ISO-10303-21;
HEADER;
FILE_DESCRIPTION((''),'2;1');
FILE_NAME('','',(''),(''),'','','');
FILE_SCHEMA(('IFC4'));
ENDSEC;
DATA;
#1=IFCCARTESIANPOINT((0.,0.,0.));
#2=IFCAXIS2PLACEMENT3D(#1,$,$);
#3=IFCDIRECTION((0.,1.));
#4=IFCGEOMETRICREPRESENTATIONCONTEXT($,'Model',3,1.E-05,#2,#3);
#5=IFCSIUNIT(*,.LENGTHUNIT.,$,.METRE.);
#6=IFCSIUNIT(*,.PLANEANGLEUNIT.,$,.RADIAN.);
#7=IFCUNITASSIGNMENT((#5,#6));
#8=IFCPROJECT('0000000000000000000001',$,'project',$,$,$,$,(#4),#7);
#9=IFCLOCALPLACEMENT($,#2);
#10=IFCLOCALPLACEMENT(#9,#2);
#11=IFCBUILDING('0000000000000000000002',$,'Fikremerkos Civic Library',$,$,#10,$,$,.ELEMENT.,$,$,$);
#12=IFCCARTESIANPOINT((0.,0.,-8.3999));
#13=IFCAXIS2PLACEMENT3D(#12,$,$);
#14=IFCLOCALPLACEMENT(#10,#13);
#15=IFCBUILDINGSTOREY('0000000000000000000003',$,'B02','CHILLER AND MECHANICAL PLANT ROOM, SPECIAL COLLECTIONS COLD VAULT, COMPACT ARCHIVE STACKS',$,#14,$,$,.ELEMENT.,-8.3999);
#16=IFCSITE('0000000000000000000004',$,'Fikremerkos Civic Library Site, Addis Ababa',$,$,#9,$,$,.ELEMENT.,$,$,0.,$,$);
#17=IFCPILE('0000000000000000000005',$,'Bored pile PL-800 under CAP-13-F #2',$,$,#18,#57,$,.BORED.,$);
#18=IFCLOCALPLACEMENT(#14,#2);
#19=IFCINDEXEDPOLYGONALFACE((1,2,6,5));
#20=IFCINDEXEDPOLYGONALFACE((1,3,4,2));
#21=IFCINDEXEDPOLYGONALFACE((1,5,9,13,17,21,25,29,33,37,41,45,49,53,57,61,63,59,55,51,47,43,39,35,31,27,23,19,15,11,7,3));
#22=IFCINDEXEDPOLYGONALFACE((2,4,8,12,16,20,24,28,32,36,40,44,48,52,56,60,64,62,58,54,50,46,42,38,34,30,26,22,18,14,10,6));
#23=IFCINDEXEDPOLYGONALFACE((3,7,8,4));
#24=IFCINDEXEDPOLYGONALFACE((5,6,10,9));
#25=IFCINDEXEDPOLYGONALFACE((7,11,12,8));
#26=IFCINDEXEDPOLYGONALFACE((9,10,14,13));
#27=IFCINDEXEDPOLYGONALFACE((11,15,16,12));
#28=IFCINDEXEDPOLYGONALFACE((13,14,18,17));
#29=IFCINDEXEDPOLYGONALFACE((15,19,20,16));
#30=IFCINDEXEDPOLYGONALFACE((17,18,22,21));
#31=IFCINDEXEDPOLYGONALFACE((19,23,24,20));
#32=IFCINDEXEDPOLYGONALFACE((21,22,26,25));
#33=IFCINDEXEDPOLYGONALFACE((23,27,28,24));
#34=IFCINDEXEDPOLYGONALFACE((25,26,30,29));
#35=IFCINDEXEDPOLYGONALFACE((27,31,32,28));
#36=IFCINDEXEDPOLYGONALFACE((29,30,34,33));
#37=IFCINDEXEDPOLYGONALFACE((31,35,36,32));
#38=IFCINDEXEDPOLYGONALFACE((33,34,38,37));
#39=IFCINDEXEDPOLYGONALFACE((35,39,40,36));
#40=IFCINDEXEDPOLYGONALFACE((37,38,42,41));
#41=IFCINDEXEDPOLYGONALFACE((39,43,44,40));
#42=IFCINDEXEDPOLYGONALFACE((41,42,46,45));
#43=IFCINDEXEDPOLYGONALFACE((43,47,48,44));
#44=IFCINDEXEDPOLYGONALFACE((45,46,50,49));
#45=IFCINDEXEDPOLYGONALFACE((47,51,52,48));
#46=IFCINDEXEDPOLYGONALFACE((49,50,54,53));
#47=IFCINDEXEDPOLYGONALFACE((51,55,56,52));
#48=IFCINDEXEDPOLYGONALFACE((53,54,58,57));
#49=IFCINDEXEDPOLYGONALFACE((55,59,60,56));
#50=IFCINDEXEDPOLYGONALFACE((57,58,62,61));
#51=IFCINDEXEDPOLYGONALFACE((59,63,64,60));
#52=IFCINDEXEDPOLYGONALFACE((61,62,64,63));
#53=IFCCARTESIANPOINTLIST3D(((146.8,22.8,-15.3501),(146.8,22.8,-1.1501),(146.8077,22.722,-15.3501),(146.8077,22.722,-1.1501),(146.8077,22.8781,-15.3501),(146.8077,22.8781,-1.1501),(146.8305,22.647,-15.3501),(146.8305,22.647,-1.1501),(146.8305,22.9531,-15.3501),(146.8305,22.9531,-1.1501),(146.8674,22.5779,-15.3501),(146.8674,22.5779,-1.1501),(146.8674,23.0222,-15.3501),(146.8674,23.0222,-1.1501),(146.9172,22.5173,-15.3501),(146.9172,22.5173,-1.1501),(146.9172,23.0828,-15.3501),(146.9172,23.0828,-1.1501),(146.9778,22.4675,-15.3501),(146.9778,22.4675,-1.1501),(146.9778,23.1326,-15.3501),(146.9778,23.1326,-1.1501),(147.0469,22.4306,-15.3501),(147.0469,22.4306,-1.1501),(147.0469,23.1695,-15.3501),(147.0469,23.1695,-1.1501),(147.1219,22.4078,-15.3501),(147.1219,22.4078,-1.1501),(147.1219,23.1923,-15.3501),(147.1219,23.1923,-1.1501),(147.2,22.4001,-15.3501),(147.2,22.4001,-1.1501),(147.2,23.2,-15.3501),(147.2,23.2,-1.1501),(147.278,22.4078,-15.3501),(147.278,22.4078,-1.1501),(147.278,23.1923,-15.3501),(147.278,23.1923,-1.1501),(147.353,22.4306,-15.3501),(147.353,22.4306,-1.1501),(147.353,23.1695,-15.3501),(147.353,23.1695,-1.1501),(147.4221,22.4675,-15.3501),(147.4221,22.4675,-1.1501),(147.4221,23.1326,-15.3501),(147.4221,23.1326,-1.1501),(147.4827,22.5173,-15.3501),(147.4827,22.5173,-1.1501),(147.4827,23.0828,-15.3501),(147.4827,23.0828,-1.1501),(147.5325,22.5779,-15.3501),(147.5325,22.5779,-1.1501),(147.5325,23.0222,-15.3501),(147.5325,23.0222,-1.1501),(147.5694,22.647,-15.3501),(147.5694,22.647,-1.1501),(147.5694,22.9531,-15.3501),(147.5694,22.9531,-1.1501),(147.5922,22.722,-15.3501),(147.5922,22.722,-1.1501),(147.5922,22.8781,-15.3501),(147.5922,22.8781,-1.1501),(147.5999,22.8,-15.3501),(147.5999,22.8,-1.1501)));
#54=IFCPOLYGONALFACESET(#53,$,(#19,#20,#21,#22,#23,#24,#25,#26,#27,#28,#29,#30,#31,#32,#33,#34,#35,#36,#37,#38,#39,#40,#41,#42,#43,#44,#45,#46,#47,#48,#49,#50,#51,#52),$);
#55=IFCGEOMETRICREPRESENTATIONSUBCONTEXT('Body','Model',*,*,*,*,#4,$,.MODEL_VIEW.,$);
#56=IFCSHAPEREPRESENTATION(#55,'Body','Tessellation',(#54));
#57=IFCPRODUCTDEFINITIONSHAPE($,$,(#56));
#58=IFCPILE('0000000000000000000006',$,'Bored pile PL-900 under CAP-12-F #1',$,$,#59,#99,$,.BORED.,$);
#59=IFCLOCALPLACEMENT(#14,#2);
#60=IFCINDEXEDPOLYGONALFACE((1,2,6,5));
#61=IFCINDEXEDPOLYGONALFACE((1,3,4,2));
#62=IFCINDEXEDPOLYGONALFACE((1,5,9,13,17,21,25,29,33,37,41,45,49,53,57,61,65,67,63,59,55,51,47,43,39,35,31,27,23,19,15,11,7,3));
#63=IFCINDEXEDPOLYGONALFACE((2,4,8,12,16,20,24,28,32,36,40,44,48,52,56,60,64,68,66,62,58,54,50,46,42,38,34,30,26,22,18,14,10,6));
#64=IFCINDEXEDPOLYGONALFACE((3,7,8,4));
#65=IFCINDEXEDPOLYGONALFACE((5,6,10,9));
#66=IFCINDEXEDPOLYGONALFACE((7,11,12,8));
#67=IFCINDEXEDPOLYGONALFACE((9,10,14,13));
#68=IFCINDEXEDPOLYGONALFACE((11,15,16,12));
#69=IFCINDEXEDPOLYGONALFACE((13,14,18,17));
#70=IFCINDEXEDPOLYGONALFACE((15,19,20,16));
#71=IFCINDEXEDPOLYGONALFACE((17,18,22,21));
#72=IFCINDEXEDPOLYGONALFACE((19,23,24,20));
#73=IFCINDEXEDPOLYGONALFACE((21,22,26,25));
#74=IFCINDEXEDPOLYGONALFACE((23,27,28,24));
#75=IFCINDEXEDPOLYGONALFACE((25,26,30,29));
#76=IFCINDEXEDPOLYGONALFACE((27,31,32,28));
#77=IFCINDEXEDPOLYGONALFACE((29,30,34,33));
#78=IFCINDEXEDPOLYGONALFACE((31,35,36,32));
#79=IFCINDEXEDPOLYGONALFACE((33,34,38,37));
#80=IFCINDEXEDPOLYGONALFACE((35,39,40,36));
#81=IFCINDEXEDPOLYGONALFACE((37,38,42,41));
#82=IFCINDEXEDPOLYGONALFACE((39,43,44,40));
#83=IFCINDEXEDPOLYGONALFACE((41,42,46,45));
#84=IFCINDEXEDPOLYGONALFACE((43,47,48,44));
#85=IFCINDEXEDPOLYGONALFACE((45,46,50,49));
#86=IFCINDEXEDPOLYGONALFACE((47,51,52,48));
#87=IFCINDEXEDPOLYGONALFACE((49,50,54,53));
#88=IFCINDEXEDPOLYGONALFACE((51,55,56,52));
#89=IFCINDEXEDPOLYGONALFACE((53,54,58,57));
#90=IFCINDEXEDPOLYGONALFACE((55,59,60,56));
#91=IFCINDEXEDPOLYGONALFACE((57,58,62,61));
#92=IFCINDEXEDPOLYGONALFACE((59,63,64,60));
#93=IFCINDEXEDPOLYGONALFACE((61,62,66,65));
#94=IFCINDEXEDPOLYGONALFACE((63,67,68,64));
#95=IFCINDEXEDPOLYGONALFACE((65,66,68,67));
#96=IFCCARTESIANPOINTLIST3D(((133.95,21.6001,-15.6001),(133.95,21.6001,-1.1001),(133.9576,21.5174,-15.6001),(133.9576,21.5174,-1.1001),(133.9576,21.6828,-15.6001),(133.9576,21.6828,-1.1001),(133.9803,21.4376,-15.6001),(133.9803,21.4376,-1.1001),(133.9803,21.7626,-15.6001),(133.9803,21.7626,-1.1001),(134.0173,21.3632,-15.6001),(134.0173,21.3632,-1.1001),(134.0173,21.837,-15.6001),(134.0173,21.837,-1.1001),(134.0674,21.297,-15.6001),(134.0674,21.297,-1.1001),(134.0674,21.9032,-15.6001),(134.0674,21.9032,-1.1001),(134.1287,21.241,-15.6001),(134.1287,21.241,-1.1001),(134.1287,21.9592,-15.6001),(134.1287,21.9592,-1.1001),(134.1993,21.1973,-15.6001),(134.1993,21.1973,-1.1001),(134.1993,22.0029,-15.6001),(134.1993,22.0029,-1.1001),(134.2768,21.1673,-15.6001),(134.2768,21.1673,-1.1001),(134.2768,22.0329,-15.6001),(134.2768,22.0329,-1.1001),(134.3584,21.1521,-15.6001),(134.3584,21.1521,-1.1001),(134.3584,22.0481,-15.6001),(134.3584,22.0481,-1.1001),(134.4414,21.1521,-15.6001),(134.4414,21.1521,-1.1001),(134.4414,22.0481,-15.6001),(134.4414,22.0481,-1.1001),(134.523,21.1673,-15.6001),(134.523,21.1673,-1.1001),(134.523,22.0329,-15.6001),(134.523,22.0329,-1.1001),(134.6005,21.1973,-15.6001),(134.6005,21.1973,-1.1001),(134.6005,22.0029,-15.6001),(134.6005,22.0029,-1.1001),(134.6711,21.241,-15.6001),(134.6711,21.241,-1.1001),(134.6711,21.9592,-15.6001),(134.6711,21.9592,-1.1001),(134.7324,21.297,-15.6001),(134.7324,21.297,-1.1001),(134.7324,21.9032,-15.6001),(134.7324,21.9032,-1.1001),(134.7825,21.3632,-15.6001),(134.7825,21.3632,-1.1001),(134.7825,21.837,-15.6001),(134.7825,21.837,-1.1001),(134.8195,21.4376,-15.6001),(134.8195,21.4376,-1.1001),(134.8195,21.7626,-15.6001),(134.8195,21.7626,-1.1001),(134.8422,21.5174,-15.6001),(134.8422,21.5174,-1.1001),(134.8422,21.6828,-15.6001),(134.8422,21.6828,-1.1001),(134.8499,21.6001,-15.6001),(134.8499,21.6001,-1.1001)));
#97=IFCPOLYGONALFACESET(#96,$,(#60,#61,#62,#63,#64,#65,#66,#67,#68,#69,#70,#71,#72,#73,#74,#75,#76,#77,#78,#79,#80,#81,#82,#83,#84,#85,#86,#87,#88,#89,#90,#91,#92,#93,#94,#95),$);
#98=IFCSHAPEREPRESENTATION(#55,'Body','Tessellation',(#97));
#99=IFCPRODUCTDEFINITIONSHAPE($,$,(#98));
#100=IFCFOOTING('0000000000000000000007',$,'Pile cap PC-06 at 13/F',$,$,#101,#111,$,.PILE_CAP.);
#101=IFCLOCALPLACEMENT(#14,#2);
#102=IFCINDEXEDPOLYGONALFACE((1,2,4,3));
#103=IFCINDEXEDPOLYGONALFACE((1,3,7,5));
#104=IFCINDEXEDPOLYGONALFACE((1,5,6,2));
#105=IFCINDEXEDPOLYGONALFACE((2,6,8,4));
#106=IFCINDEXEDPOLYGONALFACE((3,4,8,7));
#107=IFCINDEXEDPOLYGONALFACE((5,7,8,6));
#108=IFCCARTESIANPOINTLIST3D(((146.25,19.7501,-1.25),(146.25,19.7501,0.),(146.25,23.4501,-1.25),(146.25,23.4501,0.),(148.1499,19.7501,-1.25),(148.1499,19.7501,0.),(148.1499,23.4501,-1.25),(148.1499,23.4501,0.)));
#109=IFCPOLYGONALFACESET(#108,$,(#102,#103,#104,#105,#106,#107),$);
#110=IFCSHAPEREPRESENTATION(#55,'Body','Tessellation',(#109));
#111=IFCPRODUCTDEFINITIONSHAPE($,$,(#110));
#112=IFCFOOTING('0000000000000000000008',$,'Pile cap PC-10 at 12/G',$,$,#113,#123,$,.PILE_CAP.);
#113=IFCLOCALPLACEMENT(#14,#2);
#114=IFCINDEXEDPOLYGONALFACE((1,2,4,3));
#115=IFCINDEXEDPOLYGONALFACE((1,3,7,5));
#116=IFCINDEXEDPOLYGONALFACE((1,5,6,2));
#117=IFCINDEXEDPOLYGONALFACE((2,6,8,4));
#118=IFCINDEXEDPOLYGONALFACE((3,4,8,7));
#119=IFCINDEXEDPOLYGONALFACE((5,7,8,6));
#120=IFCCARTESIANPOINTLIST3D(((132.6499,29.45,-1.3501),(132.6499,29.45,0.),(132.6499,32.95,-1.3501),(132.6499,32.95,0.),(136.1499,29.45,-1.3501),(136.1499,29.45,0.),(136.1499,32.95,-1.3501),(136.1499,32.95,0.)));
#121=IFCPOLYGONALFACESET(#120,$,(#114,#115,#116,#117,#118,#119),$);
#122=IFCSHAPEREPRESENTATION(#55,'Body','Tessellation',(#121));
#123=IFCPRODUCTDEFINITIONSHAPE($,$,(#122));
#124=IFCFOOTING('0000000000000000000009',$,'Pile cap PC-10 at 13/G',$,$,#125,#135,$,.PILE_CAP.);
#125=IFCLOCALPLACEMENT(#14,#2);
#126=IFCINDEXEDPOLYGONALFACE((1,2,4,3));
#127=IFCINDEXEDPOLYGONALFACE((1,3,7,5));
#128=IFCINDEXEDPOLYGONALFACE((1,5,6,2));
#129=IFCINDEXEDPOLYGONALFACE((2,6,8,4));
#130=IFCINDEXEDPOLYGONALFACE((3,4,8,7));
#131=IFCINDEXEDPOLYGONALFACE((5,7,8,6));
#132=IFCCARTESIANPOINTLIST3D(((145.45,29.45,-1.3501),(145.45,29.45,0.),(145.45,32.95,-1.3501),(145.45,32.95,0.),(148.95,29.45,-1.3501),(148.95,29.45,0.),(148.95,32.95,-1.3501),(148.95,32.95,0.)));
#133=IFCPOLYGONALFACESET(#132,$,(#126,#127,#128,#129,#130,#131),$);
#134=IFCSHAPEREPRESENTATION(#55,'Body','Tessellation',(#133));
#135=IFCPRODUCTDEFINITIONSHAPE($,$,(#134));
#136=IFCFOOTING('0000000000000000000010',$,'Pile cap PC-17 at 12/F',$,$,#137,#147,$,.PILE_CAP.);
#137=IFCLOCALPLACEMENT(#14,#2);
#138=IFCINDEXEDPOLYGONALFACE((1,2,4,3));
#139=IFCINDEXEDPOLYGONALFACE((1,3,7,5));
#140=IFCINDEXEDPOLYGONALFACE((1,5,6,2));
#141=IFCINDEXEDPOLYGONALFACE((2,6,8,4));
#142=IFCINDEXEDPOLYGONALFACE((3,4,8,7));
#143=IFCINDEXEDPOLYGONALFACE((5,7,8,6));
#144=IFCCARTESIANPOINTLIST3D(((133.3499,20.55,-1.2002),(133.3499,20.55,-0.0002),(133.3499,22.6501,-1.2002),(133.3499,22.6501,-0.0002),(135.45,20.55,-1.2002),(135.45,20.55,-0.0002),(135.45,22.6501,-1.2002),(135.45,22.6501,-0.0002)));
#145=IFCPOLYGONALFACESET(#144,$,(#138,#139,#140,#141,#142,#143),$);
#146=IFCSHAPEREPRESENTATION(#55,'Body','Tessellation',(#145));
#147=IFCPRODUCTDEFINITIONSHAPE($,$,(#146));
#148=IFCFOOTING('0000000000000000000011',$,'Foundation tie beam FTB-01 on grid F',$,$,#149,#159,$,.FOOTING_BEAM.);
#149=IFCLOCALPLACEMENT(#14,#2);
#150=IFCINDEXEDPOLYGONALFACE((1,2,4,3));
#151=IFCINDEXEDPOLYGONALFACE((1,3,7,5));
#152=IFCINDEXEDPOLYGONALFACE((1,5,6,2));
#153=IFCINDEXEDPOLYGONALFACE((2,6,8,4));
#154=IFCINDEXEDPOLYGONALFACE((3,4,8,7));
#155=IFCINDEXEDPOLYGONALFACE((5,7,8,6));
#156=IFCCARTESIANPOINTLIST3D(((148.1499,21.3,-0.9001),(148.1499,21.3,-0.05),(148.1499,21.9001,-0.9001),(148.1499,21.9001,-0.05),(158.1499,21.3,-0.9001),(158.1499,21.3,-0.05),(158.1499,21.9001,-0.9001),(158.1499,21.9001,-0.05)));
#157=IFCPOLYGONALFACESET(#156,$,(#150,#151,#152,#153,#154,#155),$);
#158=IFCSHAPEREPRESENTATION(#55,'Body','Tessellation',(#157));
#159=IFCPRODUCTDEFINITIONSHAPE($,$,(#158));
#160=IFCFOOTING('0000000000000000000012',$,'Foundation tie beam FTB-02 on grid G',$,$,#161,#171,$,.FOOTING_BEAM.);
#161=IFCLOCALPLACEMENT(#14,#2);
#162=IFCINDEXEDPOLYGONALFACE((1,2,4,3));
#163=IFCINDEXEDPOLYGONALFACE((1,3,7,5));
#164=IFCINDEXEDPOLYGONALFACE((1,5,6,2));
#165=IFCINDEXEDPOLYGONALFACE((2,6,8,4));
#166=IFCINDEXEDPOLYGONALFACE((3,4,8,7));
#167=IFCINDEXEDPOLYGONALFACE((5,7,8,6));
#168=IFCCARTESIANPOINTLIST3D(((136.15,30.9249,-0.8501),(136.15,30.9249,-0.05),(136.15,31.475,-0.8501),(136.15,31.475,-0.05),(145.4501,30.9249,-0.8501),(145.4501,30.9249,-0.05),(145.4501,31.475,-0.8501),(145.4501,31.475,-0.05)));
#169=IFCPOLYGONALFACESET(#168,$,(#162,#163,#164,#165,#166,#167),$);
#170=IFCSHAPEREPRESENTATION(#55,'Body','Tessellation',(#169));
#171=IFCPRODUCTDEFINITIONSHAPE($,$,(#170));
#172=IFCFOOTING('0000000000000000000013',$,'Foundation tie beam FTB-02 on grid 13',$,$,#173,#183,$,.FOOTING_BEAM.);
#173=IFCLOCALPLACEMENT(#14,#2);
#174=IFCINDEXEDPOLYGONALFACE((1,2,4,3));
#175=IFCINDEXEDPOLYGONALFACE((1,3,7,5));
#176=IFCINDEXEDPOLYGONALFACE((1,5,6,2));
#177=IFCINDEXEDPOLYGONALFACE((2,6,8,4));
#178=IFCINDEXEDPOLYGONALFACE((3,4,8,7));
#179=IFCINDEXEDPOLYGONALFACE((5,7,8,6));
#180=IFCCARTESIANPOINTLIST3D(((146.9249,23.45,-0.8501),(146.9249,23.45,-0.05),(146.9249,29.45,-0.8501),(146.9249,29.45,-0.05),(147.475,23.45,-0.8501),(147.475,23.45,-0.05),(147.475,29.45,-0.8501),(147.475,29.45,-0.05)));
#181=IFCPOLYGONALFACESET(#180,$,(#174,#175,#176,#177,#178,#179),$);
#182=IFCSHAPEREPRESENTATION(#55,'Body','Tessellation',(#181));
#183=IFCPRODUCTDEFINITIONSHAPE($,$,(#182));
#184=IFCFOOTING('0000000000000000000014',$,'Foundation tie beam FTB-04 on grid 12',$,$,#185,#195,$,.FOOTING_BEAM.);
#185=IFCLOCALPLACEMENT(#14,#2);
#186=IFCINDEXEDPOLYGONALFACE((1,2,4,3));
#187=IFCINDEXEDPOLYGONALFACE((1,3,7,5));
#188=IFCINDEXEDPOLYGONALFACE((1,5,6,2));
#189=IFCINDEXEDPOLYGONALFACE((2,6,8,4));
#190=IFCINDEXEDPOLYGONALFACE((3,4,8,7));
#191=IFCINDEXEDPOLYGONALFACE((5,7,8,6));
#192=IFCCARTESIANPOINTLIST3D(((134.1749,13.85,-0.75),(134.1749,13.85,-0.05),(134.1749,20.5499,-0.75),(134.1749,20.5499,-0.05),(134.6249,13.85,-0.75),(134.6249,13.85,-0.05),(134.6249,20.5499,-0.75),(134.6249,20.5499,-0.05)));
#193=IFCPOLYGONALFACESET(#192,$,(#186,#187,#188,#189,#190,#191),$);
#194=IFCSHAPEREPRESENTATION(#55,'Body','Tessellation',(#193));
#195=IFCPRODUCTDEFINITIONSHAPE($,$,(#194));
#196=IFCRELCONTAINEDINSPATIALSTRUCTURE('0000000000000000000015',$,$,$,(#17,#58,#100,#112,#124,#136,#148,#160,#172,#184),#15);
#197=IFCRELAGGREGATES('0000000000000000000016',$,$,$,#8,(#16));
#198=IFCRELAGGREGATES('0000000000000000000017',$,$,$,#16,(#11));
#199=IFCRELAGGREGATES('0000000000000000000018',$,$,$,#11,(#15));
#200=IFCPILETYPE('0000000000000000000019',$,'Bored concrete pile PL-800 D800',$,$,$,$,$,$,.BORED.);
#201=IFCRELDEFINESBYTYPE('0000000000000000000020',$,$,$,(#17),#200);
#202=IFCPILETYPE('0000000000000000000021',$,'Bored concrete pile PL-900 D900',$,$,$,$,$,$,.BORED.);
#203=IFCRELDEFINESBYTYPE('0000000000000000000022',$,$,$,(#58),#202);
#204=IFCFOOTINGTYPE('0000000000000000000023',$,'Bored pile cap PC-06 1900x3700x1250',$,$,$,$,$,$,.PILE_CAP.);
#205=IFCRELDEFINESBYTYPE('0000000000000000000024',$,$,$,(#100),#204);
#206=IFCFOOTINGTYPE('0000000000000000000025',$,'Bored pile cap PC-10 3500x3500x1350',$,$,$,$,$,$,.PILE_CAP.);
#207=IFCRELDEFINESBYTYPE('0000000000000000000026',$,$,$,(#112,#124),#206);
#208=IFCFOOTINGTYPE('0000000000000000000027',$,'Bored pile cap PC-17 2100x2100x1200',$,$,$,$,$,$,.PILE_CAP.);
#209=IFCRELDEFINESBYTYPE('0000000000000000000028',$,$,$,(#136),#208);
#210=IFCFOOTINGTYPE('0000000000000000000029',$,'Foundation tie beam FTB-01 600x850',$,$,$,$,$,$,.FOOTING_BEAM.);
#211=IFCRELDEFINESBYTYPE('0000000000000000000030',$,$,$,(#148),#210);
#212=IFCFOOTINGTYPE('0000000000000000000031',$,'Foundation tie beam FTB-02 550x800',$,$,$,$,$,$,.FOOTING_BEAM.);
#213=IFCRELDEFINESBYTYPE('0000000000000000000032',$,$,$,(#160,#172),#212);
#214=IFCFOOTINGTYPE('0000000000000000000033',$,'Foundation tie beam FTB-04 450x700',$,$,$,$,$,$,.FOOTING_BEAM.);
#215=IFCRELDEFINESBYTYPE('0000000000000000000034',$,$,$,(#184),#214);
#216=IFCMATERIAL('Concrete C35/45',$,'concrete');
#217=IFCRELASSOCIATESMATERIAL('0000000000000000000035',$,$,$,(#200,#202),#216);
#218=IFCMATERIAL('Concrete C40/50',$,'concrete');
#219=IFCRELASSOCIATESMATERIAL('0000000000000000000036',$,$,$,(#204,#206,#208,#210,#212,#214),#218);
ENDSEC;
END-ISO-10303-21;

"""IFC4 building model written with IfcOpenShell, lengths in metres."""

from ifc_helpers import new_model, si_unit, direction, frame, origin, origin_2d, place, context, subcontext, project, spatial, rectangle, circle, extrude, material, material_profile, profile_set, type_object, element, save


model = new_model("IFC4")

# Units and contexts
model_context = context("Model", 3, precision=1e-05, world=origin(), true_north=direction((0.0, 1.0)))
body_context = subcontext(model_context, "Body", "Model", "MODEL_VIEW")
ifc_project = project(units=[si_unit("LENGTHUNIT", "METRE"), si_unit("PLANEANGLEUNIT", "RADIAN")], contexts=[model_context])

# Site, building, storey
site_placement = place(None, origin())
site = spatial("IfcSite", under=ifc_project, at=site_placement, Name="Fikremerkos Civic Library Site, Addis Ababa", CompositionType="ELEMENT", RefElevation=0.0)
building_placement = place(site_placement, origin())
building = spatial("IfcBuilding", under=site, at=building_placement, Name="Fikremerkos Civic Library", CompositionType="ELEMENT")
storey_placement = place(building_placement, frame((0.0, 0.0, -8.3999)))
storey = spatial("IfcBuildingStorey", under=building, at=storey_placement, Name="B02", Description="CHILLER AND MECHANICAL PLANT ROOM, SPECIAL COLLECTIONS COLD VAULT, COMPACT ARCHIVE STACKS", CompositionType="ELEMENT", Elevation=-8.3999)

# Piles
ifc_material_1 = material(Name="Concrete C35/45", Category="concrete")
ifc_material_profile_1 = material_profile(ifc_material_1, circle(Radius=0.3999, at=origin_2d()), Name="BORED PILE 800")
ifc_profile_set_1 = profile_set([ifc_material_profile_1], Name="Concrete C35/45")
pile_type_1 = type_object("IfcPileType", Name="Bored concrete pile PL-800 D800", PredefinedType="BORED", material=ifc_profile_set_1)
for number, where, z_axis, x_axis, name in (
    (1, (147.2, 22.8, -1.1501), (0.0, 0.0, -1.0), (1.0, 0.0, 0.0), "Bored pile PL-800 under CAP-13-F #2"),
):
    element("IfcPile", number, at=place(storey_placement, frame(where, z_axis=z_axis, x_axis=x_axis)), inside=storey, type_object=pile_type_1, Name=name, PredefinedType="BORED", context=body_context, shape_type="SweptSolid", body=[
        extrude(circle(Radius=0.3999, at=origin_2d()), origin(), (0.0, 0.0, 1.0), 14.2),
    ])
ifc_material_profile_2 = material_profile(ifc_material_1, circle(Radius=0.45, at=origin_2d()), Name="BORED PILE 900")
ifc_profile_set_2 = profile_set([ifc_material_profile_2], Name="Concrete C35/45")
pile_type_2 = type_object("IfcPileType", Name="Bored concrete pile PL-900 D900", PredefinedType="BORED", material=ifc_profile_set_2)
pile_placement = place(storey_placement, frame((134.3999, 21.6001, -1.1001), z_axis=(0.0, 0.0, -1.0), x_axis=(1.0, 0.0, 0.0)))
element("IfcPile", 2, at=pile_placement, inside=storey, type_object=pile_type_2, Name="Bored pile PL-900 under CAP-12-F #1", PredefinedType="BORED", context=body_context, shape_type="SweptSolid", body=[
    extrude(circle(Radius=0.45, at=origin_2d()), origin(), (0.0, 0.0, 1.0), 14.5),
])

# Footings
ifc_material_2 = material(Name="Concrete C40/50", Category="concrete")
footing_type_1 = type_object("IfcFootingType", Name="Bored pile cap PC-06 1900x3700x1250", PredefinedType="PILE_CAP", material=ifc_material_2)
footing_1_placement = place(storey_placement, frame((147.2, 21.6001, -1.25), z_axis=(0.0, 0.0, 1.0), x_axis=(1.0, 0.0, 0.0)))
element("IfcFooting", 3, at=footing_1_placement, inside=storey, type_object=footing_type_1, Name="Pile cap PC-06 at 13/F", PredefinedType="PILE_CAP", context=body_context, shape_type="SweptSolid", body=[
    extrude(rectangle(XDim=1.8999, YDim=3.7, at=origin_2d()), origin(), (0.0, 0.0, 1.0), 1.25),
])
footing_type_2 = type_object("IfcFootingType", Name="Bored pile cap PC-10 3500x3500x1350", PredefinedType="PILE_CAP", material=ifc_material_2)
for number, where, z_axis, x_axis, name in (
    (4, (134.3999, 31.2, -1.3501), (0.0, 0.0, 1.0), (1.0, 0.0, 0.0), "Pile cap PC-10 at 12/G"),
    (5, (147.2, 31.2, -1.3501), (0.0, 0.0, 1.0), (1.0, 0.0, 0.0), "Pile cap PC-10 at 13/G"),
):
    element("IfcFooting", number, at=place(storey_placement, frame(where, z_axis=z_axis, x_axis=x_axis)), inside=storey, type_object=footing_type_2, Name=name, PredefinedType="PILE_CAP", context=body_context, shape_type="SweptSolid", body=[
        extrude(rectangle(XDim=3.5, YDim=3.5, at=origin_2d()), origin(), (0.0, 0.0, 1.0), 1.3501),
    ])
footing_type_3 = type_object("IfcFootingType", Name="Bored pile cap PC-17 2100x2100x1200", PredefinedType="PILE_CAP", material=ifc_material_2)
footing_2_placement = place(storey_placement, frame((134.3999, 21.6001, -1.2002), z_axis=(0.0, 0.0, 1.0), x_axis=(1.0, 0.0, 0.0)))
element("IfcFooting", 6, at=footing_2_placement, inside=storey, type_object=footing_type_3, Name="Pile cap PC-17 at 12/F", PredefinedType="PILE_CAP", context=body_context, shape_type="SweptSolid", body=[
    extrude(rectangle(XDim=2.1001, YDim=2.1001, at=origin_2d()), origin(), (0.0, 0.0, 1.0), 1.2),
])
footing_type_4 = type_object("IfcFootingType", Name="Foundation tie beam FTB-01 600x850", PredefinedType="FOOTING_BEAM", material=ifc_material_2)
footing_3_placement = place(storey_placement, frame((153.1499, 21.6001, -0.9001), z_axis=(0.0, 0.0, 1.0), x_axis=(1.0, 0.0, 0.0)))
element("IfcFooting", 7, at=footing_3_placement, inside=storey, type_object=footing_type_4, Name="Foundation tie beam FTB-01 on grid F", PredefinedType="FOOTING_BEAM", context=body_context, shape_type="SweptSolid", body=[
    extrude(rectangle(XDim=10.0, YDim=0.6001, at=origin_2d()), origin(), (0.0, 0.0, 1.0), 0.8501),
])
footing_type_5 = type_object("IfcFootingType", Name="Foundation tie beam FTB-02 550x800", PredefinedType="FOOTING_BEAM", material=ifc_material_2)
footing_4_placement = place(storey_placement, frame((140.8, 31.2, -0.8501), z_axis=(0.0, 0.0, 1.0), x_axis=(1.0, 0.0, 0.0)))
element("IfcFooting", 8, at=footing_4_placement, inside=storey, type_object=footing_type_5, Name="Foundation tie beam FTB-02 on grid G", PredefinedType="FOOTING_BEAM", context=body_context, shape_type="SweptSolid", body=[
    extrude(rectangle(XDim=9.3, YDim=0.55, at=origin_2d()), origin(), (0.0, 0.0, 1.0), 0.8),
])
footing_5_placement = place(storey_placement, frame((147.2, 26.45, -0.8501), z_axis=(0.0, 0.0, 1.0), x_axis=(0.0, 1.0, 0.0)))
element("IfcFooting", 9, at=footing_5_placement, inside=storey, type_object=footing_type_5, Name="Foundation tie beam FTB-02 on grid 13", PredefinedType="FOOTING_BEAM", context=body_context, shape_type="SweptSolid", body=[
    extrude(rectangle(XDim=6.0, YDim=0.55, at=origin_2d()), origin(), (0.0, 0.0, 1.0), 0.8),
])
footing_type_6 = type_object("IfcFootingType", Name="Foundation tie beam FTB-04 450x700", PredefinedType="FOOTING_BEAM", material=ifc_material_2)
footing_6_placement = place(storey_placement, frame((134.3999, 17.2, -0.75), z_axis=(0.0, 0.0, 1.0), x_axis=(0.0, 1.0, 0.0)))
element("IfcFooting", 10, at=footing_6_placement, inside=storey, type_object=footing_type_6, Name="Foundation tie beam FTB-04 on grid 12", PredefinedType="FOOTING_BEAM", context=body_context, shape_type="SweptSolid", body=[
    extrude(rectangle(XDim=6.7, YDim=0.45, at=origin_2d()), origin(), (0.0, 0.0, 1.0), 0.7),
])

save(model, "model.ifc")
